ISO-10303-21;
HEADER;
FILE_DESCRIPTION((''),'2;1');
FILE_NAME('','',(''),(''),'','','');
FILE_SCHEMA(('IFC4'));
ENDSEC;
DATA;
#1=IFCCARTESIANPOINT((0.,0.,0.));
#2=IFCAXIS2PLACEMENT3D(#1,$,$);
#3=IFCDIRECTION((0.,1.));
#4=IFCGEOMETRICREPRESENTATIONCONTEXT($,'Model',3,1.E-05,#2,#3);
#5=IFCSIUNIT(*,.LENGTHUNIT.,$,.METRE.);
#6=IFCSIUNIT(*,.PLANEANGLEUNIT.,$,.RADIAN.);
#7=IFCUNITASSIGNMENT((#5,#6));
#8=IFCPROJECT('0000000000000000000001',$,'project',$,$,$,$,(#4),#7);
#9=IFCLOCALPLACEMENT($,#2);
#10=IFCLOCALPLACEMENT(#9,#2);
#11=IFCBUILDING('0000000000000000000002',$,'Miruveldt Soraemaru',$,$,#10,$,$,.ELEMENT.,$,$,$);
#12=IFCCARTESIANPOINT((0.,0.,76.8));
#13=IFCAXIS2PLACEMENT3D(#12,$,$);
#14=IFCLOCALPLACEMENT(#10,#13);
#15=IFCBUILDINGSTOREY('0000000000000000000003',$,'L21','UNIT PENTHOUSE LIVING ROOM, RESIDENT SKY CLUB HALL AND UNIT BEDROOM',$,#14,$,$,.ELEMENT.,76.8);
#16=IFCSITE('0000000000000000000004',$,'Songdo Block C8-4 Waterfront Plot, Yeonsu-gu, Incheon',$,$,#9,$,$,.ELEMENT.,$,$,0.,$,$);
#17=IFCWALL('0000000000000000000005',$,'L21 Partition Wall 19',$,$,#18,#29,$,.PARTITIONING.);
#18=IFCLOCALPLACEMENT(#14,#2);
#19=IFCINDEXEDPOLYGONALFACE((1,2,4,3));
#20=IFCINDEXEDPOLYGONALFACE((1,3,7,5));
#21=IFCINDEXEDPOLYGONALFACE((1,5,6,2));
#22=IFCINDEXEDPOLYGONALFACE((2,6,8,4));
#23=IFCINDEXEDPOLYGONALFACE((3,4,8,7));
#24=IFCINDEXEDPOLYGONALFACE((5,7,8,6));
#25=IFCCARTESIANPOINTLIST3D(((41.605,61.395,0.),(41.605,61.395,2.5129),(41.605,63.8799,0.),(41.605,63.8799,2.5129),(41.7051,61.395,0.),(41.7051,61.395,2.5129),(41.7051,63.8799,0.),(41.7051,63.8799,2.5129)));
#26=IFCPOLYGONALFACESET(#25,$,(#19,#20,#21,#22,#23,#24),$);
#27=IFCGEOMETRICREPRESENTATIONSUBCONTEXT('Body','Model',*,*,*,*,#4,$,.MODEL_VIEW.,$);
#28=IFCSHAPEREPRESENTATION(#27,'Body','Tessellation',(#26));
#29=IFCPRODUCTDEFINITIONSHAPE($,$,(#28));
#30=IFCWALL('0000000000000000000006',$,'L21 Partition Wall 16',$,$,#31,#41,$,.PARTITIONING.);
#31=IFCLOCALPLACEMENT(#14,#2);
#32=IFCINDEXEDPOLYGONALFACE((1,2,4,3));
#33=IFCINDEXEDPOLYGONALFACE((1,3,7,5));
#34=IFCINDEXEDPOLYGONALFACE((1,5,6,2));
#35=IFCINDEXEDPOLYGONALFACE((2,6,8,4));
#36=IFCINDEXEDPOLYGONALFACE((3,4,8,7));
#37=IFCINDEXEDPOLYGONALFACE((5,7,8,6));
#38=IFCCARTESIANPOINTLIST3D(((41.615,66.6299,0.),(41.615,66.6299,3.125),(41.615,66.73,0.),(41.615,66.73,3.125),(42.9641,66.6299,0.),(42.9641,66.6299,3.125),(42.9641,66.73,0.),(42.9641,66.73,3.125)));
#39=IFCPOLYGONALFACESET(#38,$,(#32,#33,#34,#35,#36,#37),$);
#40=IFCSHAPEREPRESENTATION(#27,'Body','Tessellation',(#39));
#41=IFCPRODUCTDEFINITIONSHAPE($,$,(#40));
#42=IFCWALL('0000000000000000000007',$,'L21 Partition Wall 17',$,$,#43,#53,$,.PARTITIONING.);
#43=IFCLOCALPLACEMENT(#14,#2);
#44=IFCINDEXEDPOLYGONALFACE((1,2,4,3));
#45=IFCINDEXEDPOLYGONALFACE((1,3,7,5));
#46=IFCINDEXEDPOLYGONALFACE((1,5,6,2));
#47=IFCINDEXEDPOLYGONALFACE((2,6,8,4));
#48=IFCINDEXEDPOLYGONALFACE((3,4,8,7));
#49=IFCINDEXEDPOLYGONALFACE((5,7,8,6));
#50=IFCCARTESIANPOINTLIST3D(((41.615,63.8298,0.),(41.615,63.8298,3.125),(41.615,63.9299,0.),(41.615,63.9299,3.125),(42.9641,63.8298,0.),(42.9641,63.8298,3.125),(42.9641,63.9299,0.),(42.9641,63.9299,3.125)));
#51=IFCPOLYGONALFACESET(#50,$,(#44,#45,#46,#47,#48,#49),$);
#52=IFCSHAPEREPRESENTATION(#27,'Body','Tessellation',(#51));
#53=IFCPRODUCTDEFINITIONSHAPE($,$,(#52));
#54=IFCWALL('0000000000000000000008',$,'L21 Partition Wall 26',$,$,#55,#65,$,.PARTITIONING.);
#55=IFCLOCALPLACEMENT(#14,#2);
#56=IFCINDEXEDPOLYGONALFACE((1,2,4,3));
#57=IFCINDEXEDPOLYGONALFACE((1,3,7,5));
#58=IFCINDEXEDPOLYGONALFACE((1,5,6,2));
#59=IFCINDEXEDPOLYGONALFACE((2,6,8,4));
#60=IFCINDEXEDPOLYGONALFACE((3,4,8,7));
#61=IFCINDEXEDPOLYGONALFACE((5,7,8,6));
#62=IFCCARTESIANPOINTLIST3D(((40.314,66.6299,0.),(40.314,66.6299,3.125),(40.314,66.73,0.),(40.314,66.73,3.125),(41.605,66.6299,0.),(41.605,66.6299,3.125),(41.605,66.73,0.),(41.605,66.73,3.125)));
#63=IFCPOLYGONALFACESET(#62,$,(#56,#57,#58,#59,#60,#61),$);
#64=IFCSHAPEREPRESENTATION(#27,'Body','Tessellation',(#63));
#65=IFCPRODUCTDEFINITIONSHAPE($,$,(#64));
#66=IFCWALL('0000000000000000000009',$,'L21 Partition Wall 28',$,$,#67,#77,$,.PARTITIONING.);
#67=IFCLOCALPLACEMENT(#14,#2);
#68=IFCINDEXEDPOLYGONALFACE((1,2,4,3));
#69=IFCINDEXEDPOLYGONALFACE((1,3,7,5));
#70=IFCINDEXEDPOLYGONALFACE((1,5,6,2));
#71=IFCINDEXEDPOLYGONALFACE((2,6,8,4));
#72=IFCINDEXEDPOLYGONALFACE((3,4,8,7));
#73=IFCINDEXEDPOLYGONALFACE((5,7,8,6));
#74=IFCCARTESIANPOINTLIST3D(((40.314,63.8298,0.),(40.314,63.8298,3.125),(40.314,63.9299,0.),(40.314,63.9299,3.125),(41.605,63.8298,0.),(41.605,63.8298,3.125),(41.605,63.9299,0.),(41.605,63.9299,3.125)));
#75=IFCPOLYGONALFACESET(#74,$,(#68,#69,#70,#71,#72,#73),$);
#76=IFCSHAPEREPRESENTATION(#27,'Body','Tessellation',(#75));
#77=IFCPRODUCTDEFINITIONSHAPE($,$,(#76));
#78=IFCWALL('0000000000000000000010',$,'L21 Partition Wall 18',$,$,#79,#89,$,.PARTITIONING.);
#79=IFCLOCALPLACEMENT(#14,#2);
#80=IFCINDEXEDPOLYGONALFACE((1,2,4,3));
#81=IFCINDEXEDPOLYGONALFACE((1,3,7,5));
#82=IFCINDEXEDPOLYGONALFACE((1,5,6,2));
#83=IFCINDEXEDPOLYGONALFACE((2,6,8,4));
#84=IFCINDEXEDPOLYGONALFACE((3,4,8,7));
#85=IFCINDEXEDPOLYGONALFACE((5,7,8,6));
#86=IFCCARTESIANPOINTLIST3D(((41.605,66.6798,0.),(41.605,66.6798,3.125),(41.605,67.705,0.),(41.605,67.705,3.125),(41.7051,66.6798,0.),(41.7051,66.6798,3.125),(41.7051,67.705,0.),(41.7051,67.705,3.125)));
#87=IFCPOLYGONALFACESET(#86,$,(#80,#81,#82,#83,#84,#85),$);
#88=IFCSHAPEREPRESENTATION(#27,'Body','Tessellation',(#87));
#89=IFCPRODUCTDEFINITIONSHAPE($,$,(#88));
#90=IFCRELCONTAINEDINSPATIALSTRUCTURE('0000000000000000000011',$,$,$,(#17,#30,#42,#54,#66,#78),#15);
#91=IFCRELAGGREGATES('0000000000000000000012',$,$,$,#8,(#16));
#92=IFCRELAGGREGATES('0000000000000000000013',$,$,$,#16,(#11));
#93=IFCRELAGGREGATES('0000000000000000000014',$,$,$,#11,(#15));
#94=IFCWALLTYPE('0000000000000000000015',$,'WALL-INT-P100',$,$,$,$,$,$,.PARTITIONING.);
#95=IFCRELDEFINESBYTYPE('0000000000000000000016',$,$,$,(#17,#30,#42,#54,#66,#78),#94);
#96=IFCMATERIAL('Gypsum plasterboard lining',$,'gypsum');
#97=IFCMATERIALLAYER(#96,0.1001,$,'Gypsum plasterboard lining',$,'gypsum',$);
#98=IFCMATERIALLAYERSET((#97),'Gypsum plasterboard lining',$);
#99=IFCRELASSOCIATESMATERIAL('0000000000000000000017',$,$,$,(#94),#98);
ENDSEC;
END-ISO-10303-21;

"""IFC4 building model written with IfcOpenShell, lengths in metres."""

from ifc_helpers import new_model, si_unit, direction, frame, frame_2d, origin, place, context, subcontext, project, spatial, rectangle, extrude, material, layer, layer_set, type_object, element, save


model = new_model("IFC4")

# Units and contexts
model_context = context("Model", 3, precision=1e-05, world=origin(), true_north=direction((0.0, 1.0)))
body_context = subcontext(model_context, "Body", "Model", "MODEL_VIEW")
ifc_project = project(units=[si_unit("LENGTHUNIT", "METRE"), si_unit("PLANEANGLEUNIT", "RADIAN")], contexts=[model_context])

# Site, building, storey
site_placement = place(None, origin())
site = spatial("IfcSite", under=ifc_project, at=site_placement, Name="Songdo Block C8-4 Waterfront Plot, Yeonsu-gu, Incheon", CompositionType="ELEMENT", RefElevation=0.0)
building_placement = place(site_placement, origin())
building = spatial("IfcBuilding", under=site, at=building_placement, Name="Miruveldt Soraemaru", CompositionType="ELEMENT")
storey_placement = place(building_placement, frame((0.0, 0.0, 76.8)))
storey = spatial("IfcBuildingStorey", under=building, at=storey_placement, Name="L21", Description="UNIT PENTHOUSE LIVING ROOM, RESIDENT SKY CLUB HALL AND UNIT BEDROOM", CompositionType="ELEMENT", Elevation=76.8)

# Shared definitions
ifc_material_1 = material(Name="Gypsum plasterboard lining", Category="gypsum")
ifc_layer_1 = layer(ifc_material_1, 0.1001, Name="Gypsum plasterboard lining", Category="gypsum")
ifc_layer_set_1 = layer_set([ifc_layer_1], Name="Gypsum plasterboard lining")
wall_type_1 = type_object("IfcWallType", Name="WALL-INT-P100", PredefinedType="PARTITIONING", material=ifc_layer_set_1)

# Walls
wall_1_placement = place(storey_placement, frame((41.655, 63.8799, 0.0), z_axis=(0.0, 0.0, 1.0), x_axis=(0.0, -1.0, 0.0)))
element("IfcWall", 1, at=wall_1_placement, inside=storey, type_object=wall_type_1, Name="L21 Partition Wall 19", PredefinedType="PARTITIONING", context=body_context, shape_type="SweptSolid", body=[
    extrude(rectangle(XDim=2.4849, YDim=0.1001, at=frame_2d((1.2424, 0.0))), origin(), (0.0, 0.0, 1.0), 2.5129),
])
for number, where, z_axis, x_axis, name in (
    (2, (42.9641, 66.6799, 0.0), (0.0, 0.0, 1.0), (-1.0, 0.0, 0.0), "L21 Partition Wall 16"),
    (3, (41.615, 63.8799, 0.0), (0.0, 0.0, 1.0), (1.0, 0.0, 0.0), "L21 Partition Wall 17"),
):
    element("IfcWall", number, at=place(storey_placement, frame(where, z_axis=z_axis, x_axis=x_axis)), inside=storey, type_object=wall_type_1, Name=name, PredefinedType="PARTITIONING", context=body_context, shape_type="SweptSolid", body=[
        extrude(rectangle(XDim=1.3491, YDim=0.1001, at=frame_2d((0.6746, 0.0))), origin(), (0.0, 0.0, 1.0), 3.125),
    ])
for number, where, z_axis, x_axis, name in (
    (4, (41.605, 66.6799, 0.0), (0.0, 0.0, 1.0), (-1.0, 0.0, 0.0), "L21 Partition Wall 26"),
    (5, (40.314, 63.8799, 0.0), (0.0, 0.0, 1.0), (1.0, 0.0, 0.0), "L21 Partition Wall 28"),
):
    element("IfcWall", number, at=place(storey_placement, frame(where, z_axis=z_axis, x_axis=x_axis)), inside=storey, type_object=wall_type_1, Name=name, PredefinedType="PARTITIONING", context=body_context, shape_type="SweptSolid", body=[
        extrude(rectangle(XDim=1.291, YDim=0.1001, at=frame_2d((0.6455, 0.0))), origin(), (0.0, 0.0, 1.0), 3.125),
    ])
wall_2_placement = place(storey_placement, frame((41.655, 67.7051, 0.0), z_axis=(0.0, 0.0, 1.0), x_axis=(0.0, -1.0, 0.0)))
element("IfcWall", 6, at=wall_2_placement, inside=storey, type_object=wall_type_1, Name="L21 Partition Wall 18", PredefinedType="PARTITIONING", context=body_context, shape_type="SweptSolid", body=[
    extrude(rectangle(XDim=1.0251, YDim=0.1001, at=frame_2d((0.5127, 0.0))), origin(), (0.0, 0.0, 1.0), 3.125),
])

save(model, "model.ifc")
